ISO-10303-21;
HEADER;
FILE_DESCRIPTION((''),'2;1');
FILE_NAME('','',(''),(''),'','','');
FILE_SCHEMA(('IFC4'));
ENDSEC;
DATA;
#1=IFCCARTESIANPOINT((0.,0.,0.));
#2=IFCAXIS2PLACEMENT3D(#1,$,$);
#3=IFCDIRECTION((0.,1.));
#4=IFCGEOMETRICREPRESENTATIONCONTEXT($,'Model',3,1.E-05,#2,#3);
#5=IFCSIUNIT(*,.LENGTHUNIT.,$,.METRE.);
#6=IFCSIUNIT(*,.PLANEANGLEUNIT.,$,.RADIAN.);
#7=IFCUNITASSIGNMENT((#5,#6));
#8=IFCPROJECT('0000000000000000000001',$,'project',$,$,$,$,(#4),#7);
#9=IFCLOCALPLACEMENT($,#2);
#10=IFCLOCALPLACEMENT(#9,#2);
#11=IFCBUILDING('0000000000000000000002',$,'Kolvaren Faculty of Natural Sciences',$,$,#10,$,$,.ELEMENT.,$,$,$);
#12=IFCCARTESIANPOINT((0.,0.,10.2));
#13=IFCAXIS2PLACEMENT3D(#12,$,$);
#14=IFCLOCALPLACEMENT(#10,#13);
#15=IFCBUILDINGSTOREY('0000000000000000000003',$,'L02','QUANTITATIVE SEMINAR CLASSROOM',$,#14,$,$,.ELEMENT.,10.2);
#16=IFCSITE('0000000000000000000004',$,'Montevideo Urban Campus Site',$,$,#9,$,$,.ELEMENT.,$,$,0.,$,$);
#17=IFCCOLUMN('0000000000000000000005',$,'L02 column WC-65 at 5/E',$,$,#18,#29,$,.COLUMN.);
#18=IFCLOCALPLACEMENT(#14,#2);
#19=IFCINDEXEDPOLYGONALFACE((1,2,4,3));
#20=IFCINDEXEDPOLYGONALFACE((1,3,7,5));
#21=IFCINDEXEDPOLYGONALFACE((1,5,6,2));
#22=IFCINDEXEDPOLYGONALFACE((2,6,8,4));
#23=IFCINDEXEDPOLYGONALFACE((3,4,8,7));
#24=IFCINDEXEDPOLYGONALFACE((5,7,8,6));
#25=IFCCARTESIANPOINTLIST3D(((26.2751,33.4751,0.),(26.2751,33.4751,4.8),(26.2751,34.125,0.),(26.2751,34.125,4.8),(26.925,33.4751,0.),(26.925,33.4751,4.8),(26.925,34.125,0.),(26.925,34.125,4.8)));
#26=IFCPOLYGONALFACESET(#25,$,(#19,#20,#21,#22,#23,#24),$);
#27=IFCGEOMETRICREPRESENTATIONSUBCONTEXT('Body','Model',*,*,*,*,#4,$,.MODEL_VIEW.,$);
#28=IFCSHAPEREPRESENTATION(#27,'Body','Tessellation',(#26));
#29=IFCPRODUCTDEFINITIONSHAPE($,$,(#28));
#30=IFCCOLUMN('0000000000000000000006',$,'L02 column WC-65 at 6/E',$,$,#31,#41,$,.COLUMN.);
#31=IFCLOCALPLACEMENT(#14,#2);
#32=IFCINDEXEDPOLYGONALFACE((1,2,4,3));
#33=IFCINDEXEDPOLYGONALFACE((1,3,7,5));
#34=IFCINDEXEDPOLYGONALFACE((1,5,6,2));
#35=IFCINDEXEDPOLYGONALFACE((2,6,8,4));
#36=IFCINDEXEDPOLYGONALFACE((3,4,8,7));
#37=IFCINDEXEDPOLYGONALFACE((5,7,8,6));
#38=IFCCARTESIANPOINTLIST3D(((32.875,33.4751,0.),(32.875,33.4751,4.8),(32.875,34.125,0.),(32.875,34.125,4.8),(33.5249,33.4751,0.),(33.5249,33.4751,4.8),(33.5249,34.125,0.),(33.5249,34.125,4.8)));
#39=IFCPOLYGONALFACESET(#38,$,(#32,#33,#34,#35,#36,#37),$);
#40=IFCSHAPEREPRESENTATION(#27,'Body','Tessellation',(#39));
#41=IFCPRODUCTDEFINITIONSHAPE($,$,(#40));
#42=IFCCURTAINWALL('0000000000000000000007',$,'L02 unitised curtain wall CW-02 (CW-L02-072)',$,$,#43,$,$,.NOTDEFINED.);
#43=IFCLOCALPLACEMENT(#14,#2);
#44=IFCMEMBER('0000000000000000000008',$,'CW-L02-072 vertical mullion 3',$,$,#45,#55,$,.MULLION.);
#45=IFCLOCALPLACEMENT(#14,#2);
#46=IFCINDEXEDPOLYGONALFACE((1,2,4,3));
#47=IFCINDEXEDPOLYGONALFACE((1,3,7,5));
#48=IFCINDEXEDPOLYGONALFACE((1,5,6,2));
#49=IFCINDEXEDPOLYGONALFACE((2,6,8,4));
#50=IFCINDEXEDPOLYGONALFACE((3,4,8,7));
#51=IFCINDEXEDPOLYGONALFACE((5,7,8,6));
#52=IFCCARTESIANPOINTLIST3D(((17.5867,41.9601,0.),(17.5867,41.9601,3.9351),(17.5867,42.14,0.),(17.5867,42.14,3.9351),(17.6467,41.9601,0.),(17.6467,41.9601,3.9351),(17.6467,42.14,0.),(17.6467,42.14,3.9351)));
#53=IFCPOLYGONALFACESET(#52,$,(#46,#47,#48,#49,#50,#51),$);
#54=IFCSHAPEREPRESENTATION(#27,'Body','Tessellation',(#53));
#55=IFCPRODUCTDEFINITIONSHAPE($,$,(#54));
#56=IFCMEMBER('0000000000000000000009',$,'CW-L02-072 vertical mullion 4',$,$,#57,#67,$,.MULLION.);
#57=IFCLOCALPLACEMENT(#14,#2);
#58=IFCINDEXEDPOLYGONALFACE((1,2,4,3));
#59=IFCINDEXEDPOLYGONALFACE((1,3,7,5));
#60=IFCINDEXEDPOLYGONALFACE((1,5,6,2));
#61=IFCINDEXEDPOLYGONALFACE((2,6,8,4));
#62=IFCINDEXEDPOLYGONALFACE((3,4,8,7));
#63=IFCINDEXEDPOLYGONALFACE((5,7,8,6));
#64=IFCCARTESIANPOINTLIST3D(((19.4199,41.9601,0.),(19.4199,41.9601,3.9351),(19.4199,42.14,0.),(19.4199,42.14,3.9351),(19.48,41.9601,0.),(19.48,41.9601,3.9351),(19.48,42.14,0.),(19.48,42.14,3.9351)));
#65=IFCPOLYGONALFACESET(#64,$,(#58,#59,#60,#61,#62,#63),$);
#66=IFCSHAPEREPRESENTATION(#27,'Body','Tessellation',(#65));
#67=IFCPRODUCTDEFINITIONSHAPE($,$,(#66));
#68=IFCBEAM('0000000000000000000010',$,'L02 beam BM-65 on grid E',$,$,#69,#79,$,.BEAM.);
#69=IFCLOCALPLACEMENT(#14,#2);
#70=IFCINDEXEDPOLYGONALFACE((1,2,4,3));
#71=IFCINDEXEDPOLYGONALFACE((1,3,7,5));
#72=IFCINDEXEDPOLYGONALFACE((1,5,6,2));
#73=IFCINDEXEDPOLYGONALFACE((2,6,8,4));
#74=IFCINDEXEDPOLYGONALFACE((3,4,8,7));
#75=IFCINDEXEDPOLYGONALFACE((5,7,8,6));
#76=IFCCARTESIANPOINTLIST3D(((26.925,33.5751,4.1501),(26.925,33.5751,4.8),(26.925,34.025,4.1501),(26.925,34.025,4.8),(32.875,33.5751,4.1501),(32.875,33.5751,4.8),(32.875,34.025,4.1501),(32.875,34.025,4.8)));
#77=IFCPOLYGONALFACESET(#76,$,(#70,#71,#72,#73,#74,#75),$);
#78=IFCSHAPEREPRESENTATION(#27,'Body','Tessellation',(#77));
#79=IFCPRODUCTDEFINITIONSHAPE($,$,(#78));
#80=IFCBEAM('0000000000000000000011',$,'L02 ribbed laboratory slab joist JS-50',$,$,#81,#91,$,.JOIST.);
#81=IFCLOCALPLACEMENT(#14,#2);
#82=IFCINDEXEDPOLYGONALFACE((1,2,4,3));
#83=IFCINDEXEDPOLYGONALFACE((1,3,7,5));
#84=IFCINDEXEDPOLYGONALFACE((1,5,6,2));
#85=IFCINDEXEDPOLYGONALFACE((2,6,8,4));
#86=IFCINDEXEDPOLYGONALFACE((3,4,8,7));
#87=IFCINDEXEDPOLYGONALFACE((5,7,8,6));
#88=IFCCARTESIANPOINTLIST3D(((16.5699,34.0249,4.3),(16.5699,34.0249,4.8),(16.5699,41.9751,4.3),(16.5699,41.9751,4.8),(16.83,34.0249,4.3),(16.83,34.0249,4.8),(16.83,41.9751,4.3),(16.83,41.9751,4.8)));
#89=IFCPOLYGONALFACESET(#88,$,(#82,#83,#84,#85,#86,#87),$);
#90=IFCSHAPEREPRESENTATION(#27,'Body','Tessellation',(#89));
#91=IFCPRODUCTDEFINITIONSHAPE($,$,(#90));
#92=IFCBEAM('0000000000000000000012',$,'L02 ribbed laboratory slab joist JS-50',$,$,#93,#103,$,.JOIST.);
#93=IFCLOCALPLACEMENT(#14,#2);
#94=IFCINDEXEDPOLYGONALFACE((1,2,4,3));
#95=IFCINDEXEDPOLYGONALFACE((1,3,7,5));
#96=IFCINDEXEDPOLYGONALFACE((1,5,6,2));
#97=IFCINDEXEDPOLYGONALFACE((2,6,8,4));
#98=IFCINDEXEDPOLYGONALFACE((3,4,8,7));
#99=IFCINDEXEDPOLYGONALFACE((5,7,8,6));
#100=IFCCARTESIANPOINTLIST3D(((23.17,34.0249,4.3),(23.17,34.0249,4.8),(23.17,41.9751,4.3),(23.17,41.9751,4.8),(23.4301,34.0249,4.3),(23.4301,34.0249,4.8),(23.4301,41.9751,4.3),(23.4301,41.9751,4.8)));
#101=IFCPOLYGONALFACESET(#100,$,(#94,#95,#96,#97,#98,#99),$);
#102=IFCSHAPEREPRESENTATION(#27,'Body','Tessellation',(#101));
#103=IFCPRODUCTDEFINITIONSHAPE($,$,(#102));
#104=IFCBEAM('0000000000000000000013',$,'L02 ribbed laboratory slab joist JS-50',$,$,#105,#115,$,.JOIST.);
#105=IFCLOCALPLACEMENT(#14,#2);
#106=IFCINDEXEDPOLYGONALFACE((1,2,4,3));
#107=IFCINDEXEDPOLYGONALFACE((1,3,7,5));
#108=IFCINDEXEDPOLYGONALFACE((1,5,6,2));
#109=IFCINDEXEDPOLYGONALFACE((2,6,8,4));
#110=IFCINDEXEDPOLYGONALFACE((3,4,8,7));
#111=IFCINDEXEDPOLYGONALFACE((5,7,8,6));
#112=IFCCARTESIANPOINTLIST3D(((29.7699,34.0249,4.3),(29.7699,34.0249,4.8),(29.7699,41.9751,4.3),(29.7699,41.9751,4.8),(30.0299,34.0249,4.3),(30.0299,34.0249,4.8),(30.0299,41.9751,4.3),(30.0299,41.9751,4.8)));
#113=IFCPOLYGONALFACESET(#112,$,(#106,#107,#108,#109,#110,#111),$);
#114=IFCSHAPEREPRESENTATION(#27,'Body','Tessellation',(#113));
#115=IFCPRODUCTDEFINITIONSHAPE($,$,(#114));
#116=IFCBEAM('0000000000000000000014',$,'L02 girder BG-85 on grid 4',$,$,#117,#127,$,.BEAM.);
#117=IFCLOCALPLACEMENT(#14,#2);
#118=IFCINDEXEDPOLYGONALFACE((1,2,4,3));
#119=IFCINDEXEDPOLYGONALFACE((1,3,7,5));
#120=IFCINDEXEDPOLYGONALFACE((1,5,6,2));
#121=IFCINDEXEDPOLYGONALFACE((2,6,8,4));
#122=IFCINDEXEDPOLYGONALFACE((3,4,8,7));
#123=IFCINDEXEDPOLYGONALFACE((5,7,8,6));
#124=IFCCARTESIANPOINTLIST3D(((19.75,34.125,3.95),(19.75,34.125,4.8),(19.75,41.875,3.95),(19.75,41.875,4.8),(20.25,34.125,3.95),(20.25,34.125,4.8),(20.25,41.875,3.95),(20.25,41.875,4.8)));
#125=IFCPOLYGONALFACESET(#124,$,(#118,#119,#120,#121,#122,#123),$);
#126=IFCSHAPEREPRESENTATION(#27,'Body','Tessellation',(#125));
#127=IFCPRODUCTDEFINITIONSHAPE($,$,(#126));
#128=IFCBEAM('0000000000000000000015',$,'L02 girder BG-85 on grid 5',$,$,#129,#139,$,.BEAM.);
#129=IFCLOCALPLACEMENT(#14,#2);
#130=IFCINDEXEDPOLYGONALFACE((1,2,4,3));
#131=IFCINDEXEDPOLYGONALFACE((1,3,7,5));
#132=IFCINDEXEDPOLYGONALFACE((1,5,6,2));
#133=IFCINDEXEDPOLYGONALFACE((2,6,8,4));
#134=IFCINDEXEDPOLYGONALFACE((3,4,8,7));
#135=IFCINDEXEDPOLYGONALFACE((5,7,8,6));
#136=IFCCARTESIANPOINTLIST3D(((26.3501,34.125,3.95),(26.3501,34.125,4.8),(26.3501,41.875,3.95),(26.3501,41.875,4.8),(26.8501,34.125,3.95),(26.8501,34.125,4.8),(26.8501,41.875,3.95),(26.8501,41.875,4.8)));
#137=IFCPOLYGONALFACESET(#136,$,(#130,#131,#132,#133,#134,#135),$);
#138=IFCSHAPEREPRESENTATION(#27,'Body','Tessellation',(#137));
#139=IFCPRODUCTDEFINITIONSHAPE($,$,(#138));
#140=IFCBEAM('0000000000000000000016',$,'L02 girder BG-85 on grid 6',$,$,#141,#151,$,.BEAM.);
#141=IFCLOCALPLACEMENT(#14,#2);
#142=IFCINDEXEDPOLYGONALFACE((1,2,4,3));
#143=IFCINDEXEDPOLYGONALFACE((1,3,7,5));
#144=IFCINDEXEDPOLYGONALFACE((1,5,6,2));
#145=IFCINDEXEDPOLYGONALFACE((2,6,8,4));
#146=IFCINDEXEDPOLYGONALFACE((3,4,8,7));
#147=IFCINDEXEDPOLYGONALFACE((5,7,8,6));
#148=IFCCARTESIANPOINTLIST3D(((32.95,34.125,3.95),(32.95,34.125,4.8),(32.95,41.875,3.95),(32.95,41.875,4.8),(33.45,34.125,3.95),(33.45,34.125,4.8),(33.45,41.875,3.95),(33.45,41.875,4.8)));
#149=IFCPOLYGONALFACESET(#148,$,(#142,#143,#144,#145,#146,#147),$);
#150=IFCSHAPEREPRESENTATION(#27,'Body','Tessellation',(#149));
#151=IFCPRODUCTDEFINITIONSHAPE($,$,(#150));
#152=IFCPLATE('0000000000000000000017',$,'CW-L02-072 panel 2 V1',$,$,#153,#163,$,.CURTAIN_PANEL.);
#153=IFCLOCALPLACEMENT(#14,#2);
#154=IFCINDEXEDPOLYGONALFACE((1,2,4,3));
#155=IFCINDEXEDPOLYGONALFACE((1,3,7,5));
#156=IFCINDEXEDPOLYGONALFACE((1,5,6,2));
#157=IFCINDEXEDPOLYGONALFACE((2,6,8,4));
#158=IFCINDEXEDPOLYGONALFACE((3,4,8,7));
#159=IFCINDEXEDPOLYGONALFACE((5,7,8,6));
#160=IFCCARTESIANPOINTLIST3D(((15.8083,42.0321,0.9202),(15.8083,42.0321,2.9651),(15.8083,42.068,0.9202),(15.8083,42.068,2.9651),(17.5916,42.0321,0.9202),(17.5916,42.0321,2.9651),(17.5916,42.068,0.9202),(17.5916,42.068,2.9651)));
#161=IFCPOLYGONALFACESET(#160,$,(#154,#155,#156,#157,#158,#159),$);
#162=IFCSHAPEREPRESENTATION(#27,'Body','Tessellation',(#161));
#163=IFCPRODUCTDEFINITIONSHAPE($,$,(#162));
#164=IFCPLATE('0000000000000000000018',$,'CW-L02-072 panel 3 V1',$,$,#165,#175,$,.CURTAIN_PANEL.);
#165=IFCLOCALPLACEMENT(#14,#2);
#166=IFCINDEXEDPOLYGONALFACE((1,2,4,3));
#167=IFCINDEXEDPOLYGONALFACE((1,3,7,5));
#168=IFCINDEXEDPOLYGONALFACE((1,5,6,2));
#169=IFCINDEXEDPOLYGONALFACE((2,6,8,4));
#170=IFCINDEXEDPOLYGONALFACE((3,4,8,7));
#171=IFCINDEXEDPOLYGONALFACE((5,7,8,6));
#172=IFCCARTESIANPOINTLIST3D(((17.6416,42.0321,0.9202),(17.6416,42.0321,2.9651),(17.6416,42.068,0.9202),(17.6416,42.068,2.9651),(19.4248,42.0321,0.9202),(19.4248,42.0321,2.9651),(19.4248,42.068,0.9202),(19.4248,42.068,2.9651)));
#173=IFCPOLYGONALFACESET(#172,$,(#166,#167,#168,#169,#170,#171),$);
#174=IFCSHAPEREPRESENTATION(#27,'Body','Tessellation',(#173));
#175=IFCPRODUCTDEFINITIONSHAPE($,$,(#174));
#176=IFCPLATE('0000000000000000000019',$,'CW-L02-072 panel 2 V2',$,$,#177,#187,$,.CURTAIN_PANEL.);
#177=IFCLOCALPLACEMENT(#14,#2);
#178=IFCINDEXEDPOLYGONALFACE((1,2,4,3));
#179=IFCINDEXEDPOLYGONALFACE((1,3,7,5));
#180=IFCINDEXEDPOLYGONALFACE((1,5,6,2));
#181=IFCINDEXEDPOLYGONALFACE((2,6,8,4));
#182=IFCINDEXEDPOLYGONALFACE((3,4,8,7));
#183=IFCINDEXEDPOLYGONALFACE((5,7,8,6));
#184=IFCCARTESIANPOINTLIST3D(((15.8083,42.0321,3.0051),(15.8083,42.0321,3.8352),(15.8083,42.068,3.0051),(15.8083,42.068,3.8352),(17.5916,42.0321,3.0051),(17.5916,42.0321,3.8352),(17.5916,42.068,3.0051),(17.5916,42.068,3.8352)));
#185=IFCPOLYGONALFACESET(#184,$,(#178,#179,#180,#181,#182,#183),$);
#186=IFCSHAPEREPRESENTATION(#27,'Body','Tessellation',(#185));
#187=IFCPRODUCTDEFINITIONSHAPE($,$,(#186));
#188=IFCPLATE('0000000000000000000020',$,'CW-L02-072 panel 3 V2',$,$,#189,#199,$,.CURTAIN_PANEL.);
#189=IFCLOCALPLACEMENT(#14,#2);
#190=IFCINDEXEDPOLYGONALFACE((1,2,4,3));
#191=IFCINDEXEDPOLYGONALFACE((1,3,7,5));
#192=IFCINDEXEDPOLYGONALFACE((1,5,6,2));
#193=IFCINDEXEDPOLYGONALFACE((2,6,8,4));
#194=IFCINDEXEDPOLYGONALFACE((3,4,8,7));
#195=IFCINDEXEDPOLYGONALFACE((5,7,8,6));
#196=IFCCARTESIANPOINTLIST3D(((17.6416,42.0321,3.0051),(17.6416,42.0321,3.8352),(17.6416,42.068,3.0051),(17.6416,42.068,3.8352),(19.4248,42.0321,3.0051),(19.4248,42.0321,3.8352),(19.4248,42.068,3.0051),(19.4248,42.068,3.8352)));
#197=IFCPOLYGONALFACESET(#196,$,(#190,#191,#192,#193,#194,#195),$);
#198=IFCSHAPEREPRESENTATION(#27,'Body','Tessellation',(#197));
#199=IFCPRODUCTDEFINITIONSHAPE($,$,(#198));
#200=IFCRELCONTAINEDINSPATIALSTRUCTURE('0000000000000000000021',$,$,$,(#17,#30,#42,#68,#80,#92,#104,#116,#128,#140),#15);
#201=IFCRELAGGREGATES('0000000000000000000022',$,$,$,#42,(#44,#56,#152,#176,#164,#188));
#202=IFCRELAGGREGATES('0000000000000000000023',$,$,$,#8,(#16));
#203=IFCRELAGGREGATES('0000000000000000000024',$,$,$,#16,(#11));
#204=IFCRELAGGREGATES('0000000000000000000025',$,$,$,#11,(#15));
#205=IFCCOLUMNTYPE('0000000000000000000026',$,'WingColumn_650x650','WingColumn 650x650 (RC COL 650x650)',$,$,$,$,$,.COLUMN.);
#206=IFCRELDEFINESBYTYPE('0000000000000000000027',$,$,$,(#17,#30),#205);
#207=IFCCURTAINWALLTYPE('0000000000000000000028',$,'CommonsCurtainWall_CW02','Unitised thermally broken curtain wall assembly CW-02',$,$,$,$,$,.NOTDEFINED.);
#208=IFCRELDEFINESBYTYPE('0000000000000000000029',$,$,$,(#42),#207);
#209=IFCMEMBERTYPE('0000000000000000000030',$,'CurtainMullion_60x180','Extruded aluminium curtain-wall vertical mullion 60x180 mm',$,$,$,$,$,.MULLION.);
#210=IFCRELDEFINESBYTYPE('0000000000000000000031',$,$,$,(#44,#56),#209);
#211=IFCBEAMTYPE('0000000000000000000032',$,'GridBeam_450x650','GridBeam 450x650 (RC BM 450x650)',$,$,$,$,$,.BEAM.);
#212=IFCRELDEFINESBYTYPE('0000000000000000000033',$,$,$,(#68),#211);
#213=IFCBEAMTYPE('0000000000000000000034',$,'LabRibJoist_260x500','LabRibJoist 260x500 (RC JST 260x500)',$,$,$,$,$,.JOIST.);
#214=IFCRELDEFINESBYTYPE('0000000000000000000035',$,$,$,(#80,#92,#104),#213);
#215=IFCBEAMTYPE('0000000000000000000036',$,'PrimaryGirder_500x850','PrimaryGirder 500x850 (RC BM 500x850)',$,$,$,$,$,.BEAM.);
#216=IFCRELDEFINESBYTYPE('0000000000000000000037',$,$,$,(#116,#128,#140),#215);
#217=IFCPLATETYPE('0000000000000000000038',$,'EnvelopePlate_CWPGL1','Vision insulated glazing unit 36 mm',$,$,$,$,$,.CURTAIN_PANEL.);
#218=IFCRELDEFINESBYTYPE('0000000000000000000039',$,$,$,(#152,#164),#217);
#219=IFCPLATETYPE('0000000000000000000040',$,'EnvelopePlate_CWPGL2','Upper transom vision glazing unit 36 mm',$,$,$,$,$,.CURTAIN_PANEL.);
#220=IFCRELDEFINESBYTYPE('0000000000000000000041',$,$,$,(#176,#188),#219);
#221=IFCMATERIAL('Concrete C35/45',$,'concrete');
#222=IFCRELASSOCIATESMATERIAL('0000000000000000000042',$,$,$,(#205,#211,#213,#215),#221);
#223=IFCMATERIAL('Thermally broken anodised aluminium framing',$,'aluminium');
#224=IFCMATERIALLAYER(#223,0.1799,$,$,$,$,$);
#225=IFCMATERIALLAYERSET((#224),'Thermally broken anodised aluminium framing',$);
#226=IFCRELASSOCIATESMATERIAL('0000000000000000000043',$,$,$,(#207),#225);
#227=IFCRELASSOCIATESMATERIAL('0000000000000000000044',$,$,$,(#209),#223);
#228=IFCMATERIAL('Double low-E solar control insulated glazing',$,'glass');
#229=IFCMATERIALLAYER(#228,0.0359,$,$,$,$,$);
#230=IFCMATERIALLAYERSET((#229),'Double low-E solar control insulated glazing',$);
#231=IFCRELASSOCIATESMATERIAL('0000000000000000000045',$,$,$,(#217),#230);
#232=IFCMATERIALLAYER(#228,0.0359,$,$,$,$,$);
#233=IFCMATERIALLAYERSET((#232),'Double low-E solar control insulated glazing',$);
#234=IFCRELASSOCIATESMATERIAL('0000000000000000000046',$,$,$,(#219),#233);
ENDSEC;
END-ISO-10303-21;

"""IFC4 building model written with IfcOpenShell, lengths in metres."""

from ifc_helpers import new_model, si_unit, direction, frame, origin, origin_2d, place, context, subcontext, project, spatial, rectangle, extrude, material, layer, layer_set, material_profile, profile_set, type_object, element, aggregate, save


model = new_model("IFC4")

# Units and contexts
model_context = context("Model", 3, precision=1e-05, world=origin(), true_north=direction((0.0, 1.0)))
body_context = subcontext(model_context, "Body", "Model", "MODEL_VIEW")
ifc_project = project(units=[si_unit("LENGTHUNIT", "METRE"), si_unit("PLANEANGLEUNIT", "RADIAN")], contexts=[model_context])

# Site, building, storey
site_placement = place(None, origin())
site = spatial("IfcSite", under=ifc_project, at=site_placement, Name="Montevideo Urban Campus Site", CompositionType="ELEMENT", RefElevation=0.0)
building_placement = place(site_placement, origin())
building = spatial("IfcBuilding", under=site, at=building_placement, Name="Kolvaren Faculty of Natural Sciences", CompositionType="ELEMENT")
storey_placement = place(building_placement, frame((0.0, 0.0, 10.2)))
storey = spatial("IfcBuildingStorey", under=building, at=storey_placement, Name="L02", Description="QUANTITATIVE SEMINAR CLASSROOM", CompositionType="ELEMENT", Elevation=10.2)

# Columns
ifc_material_1 = material(Name="Concrete C35/45", Category="concrete")
ifc_material_profile_1 = material_profile(ifc_material_1, rectangle(XDim=0.6499, YDim=0.6499, at=origin_2d()), Name="RC COL 650x650")
ifc_profile_set_1 = profile_set([ifc_material_profile_1], Name="Concrete C35/45")
column_type = type_object("IfcColumnType", Name="WingColumn_650x650", Description="WingColumn 650x650 (RC COL 650x650)", PredefinedType="COLUMN", material=ifc_profile_set_1)
for number, where, z_axis, x_axis, name in (
    (1, (26.6001, 33.8, 0.0), (0.0, 0.0, 1.0), (1.0, 0.0, 0.0), "L02 column WC-65 at 5/E"),
    (2, (33.2, 33.8, 0.0), (0.0, 0.0, 1.0), (1.0, 0.0, 0.0), "L02 column WC-65 at 6/E"),
):
    element("IfcColumn", number, at=place(storey_placement, frame(where, z_axis=z_axis, x_axis=x_axis)), inside=storey, type_object=column_type, Name=name, PredefinedType="COLUMN", context=body_context, shape_type="SweptSolid", body=[
        extrude(rectangle(XDim=0.6499, YDim=0.6499, at=origin_2d()), origin(), (0.0, 0.0, 1.0), 4.8),
    ])

# Curtain wall, members
ifc_material_2 = material(Name="Thermally broken anodised aluminium framing", Category="aluminium")
ifc_layer_1 = layer(ifc_material_2, 0.1799)
ifc_layer_set_1 = layer_set([ifc_layer_1], Name="Thermally broken anodised aluminium framing")
curtain_wall_type = type_object("IfcCurtainWallType", Name="CommonsCurtainWall_CW02", Description="Unitised thermally broken curtain wall assembly CW-02", PredefinedType="NOTDEFINED", material=ifc_layer_set_1)
curtain_wall_placement = place(storey_placement, origin())
curtain_wall = element("IfcCurtainWall", 3, at=curtain_wall_placement, inside=storey, type_object=curtain_wall_type, Name="L02 unitised curtain wall CW-02 (CW-L02-072)", PredefinedType="NOTDEFINED")
ifc_material_profile_2 = material_profile(ifc_material_2, rectangle(XDim=0.0601, YDim=0.1799, at=origin_2d()), Name="ALU MUL 60x180")
ifc_profile_set_2 = profile_set([ifc_material_profile_2], Name="Thermally broken anodised aluminium framing")
member_type = type_object("IfcMemberType", Name="CurtainMullion_60x180", Description="Extruded aluminium curtain-wall vertical mullion 60x180 mm", PredefinedType="MULLION", material=ifc_profile_set_2)
member_1_placement = place(storey_placement, frame((17.6167, 42.05, 0.0), z_axis=(0.0, 0.0, 1.0), x_axis=(1.0, 0.0, 0.0)))
member_1 = element("IfcMember", 4, at=member_1_placement, type_object=member_type, Name="CW-L02-072 vertical mullion 3", PredefinedType="MULLION", context=body_context, shape_type="SweptSolid", body=[
    extrude(rectangle(XDim=0.0601, YDim=0.1799, at=origin_2d()), origin(), (0.0, 0.0, 1.0), 3.9351),
])
member_2_placement = place(storey_placement, frame((19.45, 42.05, 0.0), z_axis=(0.0, 0.0, 1.0), x_axis=(1.0, 0.0, 0.0)))
member_2 = element("IfcMember", 5, at=member_2_placement, type_object=member_type, Name="CW-L02-072 vertical mullion 4", PredefinedType="MULLION", context=body_context, shape_type="SweptSolid", body=[
    extrude(rectangle(XDim=0.0601, YDim=0.1799, at=origin_2d()), origin(), (0.0, 0.0, 1.0), 3.9351),
])

# Beams
ifc_material_profile_3 = material_profile(ifc_material_1, rectangle(XDim=0.45, YDim=0.6499, at=origin_2d()), Name="RC BM 450x650")
ifc_profile_set_3 = profile_set([ifc_material_profile_3], Name="Concrete C35/45")
beam_type_1 = type_object("IfcBeamType", Name="GridBeam_450x650", Description="GridBeam 450x650 (RC BM 450x650)", PredefinedType="BEAM", material=ifc_profile_set_3)
beam_placement = place(storey_placement, frame((26.925, 33.8, 4.4751), z_axis=(1.0, 0.0, 0.0), x_axis=(0.0, 1.0, 0.0)))
element("IfcBeam", 6, at=beam_placement, inside=storey, type_object=beam_type_1, Name="L02 beam BM-65 on grid E", PredefinedType="BEAM", context=body_context, shape_type="SweptSolid", body=[
    extrude(rectangle(XDim=0.45, YDim=0.6499, at=origin_2d()), origin(), (0.0, 0.0, 1.0), 5.95),
])
ifc_material_profile_4 = material_profile(ifc_material_1, rectangle(XDim=0.26, YDim=0.5, at=origin_2d()), Name="RC JST 260x500")
ifc_profile_set_4 = profile_set([ifc_material_profile_4], Name="Concrete C35/45")
beam_type_2 = type_object("IfcBeamType", Name="LabRibJoist_260x500", Description="LabRibJoist 260x500 (RC JST 260x500)", PredefinedType="JOIST", material=ifc_profile_set_4)
for number, where, z_axis, x_axis, name in (
    (7, (16.7, 34.0249, 4.55), (0.0, 1.0, 0.0), (-1.0, 0.0, 0.0), "L02 ribbed laboratory slab joist JS-50"),
    (8, (23.3, 34.0249, 4.55), (0.0, 1.0, 0.0), (-1.0, 0.0, 0.0), "L02 ribbed laboratory slab joist JS-50"),
    (9, (29.8999, 34.0249, 4.55), (0.0, 1.0, 0.0), (-1.0, 0.0, 0.0), "L02 ribbed laboratory slab joist JS-50"),
):
    element("IfcBeam", number, at=place(storey_placement, frame(where, z_axis=z_axis, x_axis=x_axis)), inside=storey, type_object=beam_type_2, Name=name, PredefinedType="JOIST", context=body_context, shape_type="SweptSolid", body=[
        extrude(rectangle(XDim=0.26, YDim=0.5, at=origin_2d()), origin(), (0.0, 0.0, 1.0), 7.9502),
    ])
ifc_material_profile_5 = material_profile(ifc_material_1, rectangle(XDim=0.5, YDim=0.8501, at=origin_2d()), Name="RC BM 500x850")
ifc_profile_set_5 = profile_set([ifc_material_profile_5], Name="Concrete C35/45")
beam_type_3 = type_object("IfcBeamType", Name="PrimaryGirder_500x850", Description="PrimaryGirder 500x850 (RC BM 500x850)", PredefinedType="BEAM", material=ifc_profile_set_5)
for number, where, z_axis, x_axis, name in (
    (10, (20.0, 34.125, 4.375), (0.0, 1.0, 0.0), (-1.0, 0.0, 0.0), "L02 girder BG-85 on grid 4"),
    (11, (26.6001, 34.125, 4.375), (0.0, 1.0, 0.0), (-1.0, 0.0, 0.0), "L02 girder BG-85 on grid 5"),
    (12, (33.2, 34.125, 4.375), (0.0, 1.0, 0.0), (-1.0, 0.0, 0.0), "L02 girder BG-85 on grid 6"),
):
    element("IfcBeam", number, at=place(storey_placement, frame(where, z_axis=z_axis, x_axis=x_axis)), inside=storey, type_object=beam_type_3, Name=name, PredefinedType="BEAM", context=body_context, shape_type="SweptSolid", body=[
        extrude(rectangle(XDim=0.5, YDim=0.8501, at=origin_2d()), origin(), (0.0, 0.0, 1.0), 7.75),
    ])

# Plates
ifc_material_3 = material(Name="Double low-E solar control insulated glazing", Category="glass")
ifc_layer_2 = layer(ifc_material_3, 0.0359)
ifc_layer_set_2 = layer_set([ifc_layer_2], Name="Double low-E solar control insulated glazing")
plate_type_1 = type_object("IfcPlateType", Name="EnvelopePlate_CWPGL1", Description="Vision insulated glazing unit 36 mm", PredefinedType="CURTAIN_PANEL", material=ifc_layer_set_2)
plate_1_placement = place(storey_placement, frame((16.7, 42.05, 0.9202), z_axis=(0.0, 0.0, 1.0), x_axis=(1.0, 0.0, 0.0)))
plate_1 = element("IfcPlate", 13, at=plate_1_placement, type_object=plate_type_1, Name="CW-L02-072 panel 2 V1", PredefinedType="CURTAIN_PANEL", context=body_context, shape_type="SweptSolid", body=[
    extrude(rectangle(XDim=1.7832, YDim=0.0359, at=origin_2d()), origin(), (0.0, 0.0, 1.0), 2.0449),
])
plate_2_placement = place(storey_placement, frame((18.5332, 42.05, 0.9202), z_axis=(0.0, 0.0, 1.0), x_axis=(1.0, 0.0, 0.0)))
plate_2 = element("IfcPlate", 14, at=plate_2_placement, type_object=plate_type_1, Name="CW-L02-072 panel 3 V1", PredefinedType="CURTAIN_PANEL", context=body_context, shape_type="SweptSolid", body=[
    extrude(rectangle(XDim=1.7832, YDim=0.0359, at=origin_2d()), origin(), (0.0, 0.0, 1.0), 2.0449),
])
ifc_layer_3 = layer(ifc_material_3, 0.0359)
ifc_layer_set_3 = layer_set([ifc_layer_3], Name="Double low-E solar control insulated glazing")
plate_type_2 = type_object("IfcPlateType", Name="EnvelopePlate_CWPGL2", Description="Upper transom vision glazing unit 36 mm", PredefinedType="CURTAIN_PANEL", material=ifc_layer_set_3)
plate_3_placement = place(storey_placement, frame((16.7, 42.05, 3.0051), z_axis=(0.0, 0.0, 1.0), x_axis=(1.0, 0.0, 0.0)))
plate_3 = element("IfcPlate", 15, at=plate_3_placement, type_object=plate_type_2, Name="CW-L02-072 panel 2 V2", PredefinedType="CURTAIN_PANEL", context=body_context, shape_type="SweptSolid", body=[
    extrude(rectangle(XDim=1.7832, YDim=0.0359, at=origin_2d()), origin(), (0.0, 0.0, 1.0), 0.8301),
])
plate_4_placement = place(storey_placement, frame((18.5332, 42.05, 3.0051), z_axis=(0.0, 0.0, 1.0), x_axis=(1.0, 0.0, 0.0)))
plate_4 = element("IfcPlate", 16, at=plate_4_placement, type_object=plate_type_2, Name="CW-L02-072 panel 3 V2", PredefinedType="CURTAIN_PANEL", context=body_context, shape_type="SweptSolid", body=[
    extrude(rectangle(XDim=1.7832, YDim=0.0359, at=origin_2d()), origin(), (0.0, 0.0, 1.0), 0.8301),
])
aggregate(curtain_wall, [member_1, member_2, plate_1, plate_3, plate_2, plate_4])

save(model, "model.ifc")
